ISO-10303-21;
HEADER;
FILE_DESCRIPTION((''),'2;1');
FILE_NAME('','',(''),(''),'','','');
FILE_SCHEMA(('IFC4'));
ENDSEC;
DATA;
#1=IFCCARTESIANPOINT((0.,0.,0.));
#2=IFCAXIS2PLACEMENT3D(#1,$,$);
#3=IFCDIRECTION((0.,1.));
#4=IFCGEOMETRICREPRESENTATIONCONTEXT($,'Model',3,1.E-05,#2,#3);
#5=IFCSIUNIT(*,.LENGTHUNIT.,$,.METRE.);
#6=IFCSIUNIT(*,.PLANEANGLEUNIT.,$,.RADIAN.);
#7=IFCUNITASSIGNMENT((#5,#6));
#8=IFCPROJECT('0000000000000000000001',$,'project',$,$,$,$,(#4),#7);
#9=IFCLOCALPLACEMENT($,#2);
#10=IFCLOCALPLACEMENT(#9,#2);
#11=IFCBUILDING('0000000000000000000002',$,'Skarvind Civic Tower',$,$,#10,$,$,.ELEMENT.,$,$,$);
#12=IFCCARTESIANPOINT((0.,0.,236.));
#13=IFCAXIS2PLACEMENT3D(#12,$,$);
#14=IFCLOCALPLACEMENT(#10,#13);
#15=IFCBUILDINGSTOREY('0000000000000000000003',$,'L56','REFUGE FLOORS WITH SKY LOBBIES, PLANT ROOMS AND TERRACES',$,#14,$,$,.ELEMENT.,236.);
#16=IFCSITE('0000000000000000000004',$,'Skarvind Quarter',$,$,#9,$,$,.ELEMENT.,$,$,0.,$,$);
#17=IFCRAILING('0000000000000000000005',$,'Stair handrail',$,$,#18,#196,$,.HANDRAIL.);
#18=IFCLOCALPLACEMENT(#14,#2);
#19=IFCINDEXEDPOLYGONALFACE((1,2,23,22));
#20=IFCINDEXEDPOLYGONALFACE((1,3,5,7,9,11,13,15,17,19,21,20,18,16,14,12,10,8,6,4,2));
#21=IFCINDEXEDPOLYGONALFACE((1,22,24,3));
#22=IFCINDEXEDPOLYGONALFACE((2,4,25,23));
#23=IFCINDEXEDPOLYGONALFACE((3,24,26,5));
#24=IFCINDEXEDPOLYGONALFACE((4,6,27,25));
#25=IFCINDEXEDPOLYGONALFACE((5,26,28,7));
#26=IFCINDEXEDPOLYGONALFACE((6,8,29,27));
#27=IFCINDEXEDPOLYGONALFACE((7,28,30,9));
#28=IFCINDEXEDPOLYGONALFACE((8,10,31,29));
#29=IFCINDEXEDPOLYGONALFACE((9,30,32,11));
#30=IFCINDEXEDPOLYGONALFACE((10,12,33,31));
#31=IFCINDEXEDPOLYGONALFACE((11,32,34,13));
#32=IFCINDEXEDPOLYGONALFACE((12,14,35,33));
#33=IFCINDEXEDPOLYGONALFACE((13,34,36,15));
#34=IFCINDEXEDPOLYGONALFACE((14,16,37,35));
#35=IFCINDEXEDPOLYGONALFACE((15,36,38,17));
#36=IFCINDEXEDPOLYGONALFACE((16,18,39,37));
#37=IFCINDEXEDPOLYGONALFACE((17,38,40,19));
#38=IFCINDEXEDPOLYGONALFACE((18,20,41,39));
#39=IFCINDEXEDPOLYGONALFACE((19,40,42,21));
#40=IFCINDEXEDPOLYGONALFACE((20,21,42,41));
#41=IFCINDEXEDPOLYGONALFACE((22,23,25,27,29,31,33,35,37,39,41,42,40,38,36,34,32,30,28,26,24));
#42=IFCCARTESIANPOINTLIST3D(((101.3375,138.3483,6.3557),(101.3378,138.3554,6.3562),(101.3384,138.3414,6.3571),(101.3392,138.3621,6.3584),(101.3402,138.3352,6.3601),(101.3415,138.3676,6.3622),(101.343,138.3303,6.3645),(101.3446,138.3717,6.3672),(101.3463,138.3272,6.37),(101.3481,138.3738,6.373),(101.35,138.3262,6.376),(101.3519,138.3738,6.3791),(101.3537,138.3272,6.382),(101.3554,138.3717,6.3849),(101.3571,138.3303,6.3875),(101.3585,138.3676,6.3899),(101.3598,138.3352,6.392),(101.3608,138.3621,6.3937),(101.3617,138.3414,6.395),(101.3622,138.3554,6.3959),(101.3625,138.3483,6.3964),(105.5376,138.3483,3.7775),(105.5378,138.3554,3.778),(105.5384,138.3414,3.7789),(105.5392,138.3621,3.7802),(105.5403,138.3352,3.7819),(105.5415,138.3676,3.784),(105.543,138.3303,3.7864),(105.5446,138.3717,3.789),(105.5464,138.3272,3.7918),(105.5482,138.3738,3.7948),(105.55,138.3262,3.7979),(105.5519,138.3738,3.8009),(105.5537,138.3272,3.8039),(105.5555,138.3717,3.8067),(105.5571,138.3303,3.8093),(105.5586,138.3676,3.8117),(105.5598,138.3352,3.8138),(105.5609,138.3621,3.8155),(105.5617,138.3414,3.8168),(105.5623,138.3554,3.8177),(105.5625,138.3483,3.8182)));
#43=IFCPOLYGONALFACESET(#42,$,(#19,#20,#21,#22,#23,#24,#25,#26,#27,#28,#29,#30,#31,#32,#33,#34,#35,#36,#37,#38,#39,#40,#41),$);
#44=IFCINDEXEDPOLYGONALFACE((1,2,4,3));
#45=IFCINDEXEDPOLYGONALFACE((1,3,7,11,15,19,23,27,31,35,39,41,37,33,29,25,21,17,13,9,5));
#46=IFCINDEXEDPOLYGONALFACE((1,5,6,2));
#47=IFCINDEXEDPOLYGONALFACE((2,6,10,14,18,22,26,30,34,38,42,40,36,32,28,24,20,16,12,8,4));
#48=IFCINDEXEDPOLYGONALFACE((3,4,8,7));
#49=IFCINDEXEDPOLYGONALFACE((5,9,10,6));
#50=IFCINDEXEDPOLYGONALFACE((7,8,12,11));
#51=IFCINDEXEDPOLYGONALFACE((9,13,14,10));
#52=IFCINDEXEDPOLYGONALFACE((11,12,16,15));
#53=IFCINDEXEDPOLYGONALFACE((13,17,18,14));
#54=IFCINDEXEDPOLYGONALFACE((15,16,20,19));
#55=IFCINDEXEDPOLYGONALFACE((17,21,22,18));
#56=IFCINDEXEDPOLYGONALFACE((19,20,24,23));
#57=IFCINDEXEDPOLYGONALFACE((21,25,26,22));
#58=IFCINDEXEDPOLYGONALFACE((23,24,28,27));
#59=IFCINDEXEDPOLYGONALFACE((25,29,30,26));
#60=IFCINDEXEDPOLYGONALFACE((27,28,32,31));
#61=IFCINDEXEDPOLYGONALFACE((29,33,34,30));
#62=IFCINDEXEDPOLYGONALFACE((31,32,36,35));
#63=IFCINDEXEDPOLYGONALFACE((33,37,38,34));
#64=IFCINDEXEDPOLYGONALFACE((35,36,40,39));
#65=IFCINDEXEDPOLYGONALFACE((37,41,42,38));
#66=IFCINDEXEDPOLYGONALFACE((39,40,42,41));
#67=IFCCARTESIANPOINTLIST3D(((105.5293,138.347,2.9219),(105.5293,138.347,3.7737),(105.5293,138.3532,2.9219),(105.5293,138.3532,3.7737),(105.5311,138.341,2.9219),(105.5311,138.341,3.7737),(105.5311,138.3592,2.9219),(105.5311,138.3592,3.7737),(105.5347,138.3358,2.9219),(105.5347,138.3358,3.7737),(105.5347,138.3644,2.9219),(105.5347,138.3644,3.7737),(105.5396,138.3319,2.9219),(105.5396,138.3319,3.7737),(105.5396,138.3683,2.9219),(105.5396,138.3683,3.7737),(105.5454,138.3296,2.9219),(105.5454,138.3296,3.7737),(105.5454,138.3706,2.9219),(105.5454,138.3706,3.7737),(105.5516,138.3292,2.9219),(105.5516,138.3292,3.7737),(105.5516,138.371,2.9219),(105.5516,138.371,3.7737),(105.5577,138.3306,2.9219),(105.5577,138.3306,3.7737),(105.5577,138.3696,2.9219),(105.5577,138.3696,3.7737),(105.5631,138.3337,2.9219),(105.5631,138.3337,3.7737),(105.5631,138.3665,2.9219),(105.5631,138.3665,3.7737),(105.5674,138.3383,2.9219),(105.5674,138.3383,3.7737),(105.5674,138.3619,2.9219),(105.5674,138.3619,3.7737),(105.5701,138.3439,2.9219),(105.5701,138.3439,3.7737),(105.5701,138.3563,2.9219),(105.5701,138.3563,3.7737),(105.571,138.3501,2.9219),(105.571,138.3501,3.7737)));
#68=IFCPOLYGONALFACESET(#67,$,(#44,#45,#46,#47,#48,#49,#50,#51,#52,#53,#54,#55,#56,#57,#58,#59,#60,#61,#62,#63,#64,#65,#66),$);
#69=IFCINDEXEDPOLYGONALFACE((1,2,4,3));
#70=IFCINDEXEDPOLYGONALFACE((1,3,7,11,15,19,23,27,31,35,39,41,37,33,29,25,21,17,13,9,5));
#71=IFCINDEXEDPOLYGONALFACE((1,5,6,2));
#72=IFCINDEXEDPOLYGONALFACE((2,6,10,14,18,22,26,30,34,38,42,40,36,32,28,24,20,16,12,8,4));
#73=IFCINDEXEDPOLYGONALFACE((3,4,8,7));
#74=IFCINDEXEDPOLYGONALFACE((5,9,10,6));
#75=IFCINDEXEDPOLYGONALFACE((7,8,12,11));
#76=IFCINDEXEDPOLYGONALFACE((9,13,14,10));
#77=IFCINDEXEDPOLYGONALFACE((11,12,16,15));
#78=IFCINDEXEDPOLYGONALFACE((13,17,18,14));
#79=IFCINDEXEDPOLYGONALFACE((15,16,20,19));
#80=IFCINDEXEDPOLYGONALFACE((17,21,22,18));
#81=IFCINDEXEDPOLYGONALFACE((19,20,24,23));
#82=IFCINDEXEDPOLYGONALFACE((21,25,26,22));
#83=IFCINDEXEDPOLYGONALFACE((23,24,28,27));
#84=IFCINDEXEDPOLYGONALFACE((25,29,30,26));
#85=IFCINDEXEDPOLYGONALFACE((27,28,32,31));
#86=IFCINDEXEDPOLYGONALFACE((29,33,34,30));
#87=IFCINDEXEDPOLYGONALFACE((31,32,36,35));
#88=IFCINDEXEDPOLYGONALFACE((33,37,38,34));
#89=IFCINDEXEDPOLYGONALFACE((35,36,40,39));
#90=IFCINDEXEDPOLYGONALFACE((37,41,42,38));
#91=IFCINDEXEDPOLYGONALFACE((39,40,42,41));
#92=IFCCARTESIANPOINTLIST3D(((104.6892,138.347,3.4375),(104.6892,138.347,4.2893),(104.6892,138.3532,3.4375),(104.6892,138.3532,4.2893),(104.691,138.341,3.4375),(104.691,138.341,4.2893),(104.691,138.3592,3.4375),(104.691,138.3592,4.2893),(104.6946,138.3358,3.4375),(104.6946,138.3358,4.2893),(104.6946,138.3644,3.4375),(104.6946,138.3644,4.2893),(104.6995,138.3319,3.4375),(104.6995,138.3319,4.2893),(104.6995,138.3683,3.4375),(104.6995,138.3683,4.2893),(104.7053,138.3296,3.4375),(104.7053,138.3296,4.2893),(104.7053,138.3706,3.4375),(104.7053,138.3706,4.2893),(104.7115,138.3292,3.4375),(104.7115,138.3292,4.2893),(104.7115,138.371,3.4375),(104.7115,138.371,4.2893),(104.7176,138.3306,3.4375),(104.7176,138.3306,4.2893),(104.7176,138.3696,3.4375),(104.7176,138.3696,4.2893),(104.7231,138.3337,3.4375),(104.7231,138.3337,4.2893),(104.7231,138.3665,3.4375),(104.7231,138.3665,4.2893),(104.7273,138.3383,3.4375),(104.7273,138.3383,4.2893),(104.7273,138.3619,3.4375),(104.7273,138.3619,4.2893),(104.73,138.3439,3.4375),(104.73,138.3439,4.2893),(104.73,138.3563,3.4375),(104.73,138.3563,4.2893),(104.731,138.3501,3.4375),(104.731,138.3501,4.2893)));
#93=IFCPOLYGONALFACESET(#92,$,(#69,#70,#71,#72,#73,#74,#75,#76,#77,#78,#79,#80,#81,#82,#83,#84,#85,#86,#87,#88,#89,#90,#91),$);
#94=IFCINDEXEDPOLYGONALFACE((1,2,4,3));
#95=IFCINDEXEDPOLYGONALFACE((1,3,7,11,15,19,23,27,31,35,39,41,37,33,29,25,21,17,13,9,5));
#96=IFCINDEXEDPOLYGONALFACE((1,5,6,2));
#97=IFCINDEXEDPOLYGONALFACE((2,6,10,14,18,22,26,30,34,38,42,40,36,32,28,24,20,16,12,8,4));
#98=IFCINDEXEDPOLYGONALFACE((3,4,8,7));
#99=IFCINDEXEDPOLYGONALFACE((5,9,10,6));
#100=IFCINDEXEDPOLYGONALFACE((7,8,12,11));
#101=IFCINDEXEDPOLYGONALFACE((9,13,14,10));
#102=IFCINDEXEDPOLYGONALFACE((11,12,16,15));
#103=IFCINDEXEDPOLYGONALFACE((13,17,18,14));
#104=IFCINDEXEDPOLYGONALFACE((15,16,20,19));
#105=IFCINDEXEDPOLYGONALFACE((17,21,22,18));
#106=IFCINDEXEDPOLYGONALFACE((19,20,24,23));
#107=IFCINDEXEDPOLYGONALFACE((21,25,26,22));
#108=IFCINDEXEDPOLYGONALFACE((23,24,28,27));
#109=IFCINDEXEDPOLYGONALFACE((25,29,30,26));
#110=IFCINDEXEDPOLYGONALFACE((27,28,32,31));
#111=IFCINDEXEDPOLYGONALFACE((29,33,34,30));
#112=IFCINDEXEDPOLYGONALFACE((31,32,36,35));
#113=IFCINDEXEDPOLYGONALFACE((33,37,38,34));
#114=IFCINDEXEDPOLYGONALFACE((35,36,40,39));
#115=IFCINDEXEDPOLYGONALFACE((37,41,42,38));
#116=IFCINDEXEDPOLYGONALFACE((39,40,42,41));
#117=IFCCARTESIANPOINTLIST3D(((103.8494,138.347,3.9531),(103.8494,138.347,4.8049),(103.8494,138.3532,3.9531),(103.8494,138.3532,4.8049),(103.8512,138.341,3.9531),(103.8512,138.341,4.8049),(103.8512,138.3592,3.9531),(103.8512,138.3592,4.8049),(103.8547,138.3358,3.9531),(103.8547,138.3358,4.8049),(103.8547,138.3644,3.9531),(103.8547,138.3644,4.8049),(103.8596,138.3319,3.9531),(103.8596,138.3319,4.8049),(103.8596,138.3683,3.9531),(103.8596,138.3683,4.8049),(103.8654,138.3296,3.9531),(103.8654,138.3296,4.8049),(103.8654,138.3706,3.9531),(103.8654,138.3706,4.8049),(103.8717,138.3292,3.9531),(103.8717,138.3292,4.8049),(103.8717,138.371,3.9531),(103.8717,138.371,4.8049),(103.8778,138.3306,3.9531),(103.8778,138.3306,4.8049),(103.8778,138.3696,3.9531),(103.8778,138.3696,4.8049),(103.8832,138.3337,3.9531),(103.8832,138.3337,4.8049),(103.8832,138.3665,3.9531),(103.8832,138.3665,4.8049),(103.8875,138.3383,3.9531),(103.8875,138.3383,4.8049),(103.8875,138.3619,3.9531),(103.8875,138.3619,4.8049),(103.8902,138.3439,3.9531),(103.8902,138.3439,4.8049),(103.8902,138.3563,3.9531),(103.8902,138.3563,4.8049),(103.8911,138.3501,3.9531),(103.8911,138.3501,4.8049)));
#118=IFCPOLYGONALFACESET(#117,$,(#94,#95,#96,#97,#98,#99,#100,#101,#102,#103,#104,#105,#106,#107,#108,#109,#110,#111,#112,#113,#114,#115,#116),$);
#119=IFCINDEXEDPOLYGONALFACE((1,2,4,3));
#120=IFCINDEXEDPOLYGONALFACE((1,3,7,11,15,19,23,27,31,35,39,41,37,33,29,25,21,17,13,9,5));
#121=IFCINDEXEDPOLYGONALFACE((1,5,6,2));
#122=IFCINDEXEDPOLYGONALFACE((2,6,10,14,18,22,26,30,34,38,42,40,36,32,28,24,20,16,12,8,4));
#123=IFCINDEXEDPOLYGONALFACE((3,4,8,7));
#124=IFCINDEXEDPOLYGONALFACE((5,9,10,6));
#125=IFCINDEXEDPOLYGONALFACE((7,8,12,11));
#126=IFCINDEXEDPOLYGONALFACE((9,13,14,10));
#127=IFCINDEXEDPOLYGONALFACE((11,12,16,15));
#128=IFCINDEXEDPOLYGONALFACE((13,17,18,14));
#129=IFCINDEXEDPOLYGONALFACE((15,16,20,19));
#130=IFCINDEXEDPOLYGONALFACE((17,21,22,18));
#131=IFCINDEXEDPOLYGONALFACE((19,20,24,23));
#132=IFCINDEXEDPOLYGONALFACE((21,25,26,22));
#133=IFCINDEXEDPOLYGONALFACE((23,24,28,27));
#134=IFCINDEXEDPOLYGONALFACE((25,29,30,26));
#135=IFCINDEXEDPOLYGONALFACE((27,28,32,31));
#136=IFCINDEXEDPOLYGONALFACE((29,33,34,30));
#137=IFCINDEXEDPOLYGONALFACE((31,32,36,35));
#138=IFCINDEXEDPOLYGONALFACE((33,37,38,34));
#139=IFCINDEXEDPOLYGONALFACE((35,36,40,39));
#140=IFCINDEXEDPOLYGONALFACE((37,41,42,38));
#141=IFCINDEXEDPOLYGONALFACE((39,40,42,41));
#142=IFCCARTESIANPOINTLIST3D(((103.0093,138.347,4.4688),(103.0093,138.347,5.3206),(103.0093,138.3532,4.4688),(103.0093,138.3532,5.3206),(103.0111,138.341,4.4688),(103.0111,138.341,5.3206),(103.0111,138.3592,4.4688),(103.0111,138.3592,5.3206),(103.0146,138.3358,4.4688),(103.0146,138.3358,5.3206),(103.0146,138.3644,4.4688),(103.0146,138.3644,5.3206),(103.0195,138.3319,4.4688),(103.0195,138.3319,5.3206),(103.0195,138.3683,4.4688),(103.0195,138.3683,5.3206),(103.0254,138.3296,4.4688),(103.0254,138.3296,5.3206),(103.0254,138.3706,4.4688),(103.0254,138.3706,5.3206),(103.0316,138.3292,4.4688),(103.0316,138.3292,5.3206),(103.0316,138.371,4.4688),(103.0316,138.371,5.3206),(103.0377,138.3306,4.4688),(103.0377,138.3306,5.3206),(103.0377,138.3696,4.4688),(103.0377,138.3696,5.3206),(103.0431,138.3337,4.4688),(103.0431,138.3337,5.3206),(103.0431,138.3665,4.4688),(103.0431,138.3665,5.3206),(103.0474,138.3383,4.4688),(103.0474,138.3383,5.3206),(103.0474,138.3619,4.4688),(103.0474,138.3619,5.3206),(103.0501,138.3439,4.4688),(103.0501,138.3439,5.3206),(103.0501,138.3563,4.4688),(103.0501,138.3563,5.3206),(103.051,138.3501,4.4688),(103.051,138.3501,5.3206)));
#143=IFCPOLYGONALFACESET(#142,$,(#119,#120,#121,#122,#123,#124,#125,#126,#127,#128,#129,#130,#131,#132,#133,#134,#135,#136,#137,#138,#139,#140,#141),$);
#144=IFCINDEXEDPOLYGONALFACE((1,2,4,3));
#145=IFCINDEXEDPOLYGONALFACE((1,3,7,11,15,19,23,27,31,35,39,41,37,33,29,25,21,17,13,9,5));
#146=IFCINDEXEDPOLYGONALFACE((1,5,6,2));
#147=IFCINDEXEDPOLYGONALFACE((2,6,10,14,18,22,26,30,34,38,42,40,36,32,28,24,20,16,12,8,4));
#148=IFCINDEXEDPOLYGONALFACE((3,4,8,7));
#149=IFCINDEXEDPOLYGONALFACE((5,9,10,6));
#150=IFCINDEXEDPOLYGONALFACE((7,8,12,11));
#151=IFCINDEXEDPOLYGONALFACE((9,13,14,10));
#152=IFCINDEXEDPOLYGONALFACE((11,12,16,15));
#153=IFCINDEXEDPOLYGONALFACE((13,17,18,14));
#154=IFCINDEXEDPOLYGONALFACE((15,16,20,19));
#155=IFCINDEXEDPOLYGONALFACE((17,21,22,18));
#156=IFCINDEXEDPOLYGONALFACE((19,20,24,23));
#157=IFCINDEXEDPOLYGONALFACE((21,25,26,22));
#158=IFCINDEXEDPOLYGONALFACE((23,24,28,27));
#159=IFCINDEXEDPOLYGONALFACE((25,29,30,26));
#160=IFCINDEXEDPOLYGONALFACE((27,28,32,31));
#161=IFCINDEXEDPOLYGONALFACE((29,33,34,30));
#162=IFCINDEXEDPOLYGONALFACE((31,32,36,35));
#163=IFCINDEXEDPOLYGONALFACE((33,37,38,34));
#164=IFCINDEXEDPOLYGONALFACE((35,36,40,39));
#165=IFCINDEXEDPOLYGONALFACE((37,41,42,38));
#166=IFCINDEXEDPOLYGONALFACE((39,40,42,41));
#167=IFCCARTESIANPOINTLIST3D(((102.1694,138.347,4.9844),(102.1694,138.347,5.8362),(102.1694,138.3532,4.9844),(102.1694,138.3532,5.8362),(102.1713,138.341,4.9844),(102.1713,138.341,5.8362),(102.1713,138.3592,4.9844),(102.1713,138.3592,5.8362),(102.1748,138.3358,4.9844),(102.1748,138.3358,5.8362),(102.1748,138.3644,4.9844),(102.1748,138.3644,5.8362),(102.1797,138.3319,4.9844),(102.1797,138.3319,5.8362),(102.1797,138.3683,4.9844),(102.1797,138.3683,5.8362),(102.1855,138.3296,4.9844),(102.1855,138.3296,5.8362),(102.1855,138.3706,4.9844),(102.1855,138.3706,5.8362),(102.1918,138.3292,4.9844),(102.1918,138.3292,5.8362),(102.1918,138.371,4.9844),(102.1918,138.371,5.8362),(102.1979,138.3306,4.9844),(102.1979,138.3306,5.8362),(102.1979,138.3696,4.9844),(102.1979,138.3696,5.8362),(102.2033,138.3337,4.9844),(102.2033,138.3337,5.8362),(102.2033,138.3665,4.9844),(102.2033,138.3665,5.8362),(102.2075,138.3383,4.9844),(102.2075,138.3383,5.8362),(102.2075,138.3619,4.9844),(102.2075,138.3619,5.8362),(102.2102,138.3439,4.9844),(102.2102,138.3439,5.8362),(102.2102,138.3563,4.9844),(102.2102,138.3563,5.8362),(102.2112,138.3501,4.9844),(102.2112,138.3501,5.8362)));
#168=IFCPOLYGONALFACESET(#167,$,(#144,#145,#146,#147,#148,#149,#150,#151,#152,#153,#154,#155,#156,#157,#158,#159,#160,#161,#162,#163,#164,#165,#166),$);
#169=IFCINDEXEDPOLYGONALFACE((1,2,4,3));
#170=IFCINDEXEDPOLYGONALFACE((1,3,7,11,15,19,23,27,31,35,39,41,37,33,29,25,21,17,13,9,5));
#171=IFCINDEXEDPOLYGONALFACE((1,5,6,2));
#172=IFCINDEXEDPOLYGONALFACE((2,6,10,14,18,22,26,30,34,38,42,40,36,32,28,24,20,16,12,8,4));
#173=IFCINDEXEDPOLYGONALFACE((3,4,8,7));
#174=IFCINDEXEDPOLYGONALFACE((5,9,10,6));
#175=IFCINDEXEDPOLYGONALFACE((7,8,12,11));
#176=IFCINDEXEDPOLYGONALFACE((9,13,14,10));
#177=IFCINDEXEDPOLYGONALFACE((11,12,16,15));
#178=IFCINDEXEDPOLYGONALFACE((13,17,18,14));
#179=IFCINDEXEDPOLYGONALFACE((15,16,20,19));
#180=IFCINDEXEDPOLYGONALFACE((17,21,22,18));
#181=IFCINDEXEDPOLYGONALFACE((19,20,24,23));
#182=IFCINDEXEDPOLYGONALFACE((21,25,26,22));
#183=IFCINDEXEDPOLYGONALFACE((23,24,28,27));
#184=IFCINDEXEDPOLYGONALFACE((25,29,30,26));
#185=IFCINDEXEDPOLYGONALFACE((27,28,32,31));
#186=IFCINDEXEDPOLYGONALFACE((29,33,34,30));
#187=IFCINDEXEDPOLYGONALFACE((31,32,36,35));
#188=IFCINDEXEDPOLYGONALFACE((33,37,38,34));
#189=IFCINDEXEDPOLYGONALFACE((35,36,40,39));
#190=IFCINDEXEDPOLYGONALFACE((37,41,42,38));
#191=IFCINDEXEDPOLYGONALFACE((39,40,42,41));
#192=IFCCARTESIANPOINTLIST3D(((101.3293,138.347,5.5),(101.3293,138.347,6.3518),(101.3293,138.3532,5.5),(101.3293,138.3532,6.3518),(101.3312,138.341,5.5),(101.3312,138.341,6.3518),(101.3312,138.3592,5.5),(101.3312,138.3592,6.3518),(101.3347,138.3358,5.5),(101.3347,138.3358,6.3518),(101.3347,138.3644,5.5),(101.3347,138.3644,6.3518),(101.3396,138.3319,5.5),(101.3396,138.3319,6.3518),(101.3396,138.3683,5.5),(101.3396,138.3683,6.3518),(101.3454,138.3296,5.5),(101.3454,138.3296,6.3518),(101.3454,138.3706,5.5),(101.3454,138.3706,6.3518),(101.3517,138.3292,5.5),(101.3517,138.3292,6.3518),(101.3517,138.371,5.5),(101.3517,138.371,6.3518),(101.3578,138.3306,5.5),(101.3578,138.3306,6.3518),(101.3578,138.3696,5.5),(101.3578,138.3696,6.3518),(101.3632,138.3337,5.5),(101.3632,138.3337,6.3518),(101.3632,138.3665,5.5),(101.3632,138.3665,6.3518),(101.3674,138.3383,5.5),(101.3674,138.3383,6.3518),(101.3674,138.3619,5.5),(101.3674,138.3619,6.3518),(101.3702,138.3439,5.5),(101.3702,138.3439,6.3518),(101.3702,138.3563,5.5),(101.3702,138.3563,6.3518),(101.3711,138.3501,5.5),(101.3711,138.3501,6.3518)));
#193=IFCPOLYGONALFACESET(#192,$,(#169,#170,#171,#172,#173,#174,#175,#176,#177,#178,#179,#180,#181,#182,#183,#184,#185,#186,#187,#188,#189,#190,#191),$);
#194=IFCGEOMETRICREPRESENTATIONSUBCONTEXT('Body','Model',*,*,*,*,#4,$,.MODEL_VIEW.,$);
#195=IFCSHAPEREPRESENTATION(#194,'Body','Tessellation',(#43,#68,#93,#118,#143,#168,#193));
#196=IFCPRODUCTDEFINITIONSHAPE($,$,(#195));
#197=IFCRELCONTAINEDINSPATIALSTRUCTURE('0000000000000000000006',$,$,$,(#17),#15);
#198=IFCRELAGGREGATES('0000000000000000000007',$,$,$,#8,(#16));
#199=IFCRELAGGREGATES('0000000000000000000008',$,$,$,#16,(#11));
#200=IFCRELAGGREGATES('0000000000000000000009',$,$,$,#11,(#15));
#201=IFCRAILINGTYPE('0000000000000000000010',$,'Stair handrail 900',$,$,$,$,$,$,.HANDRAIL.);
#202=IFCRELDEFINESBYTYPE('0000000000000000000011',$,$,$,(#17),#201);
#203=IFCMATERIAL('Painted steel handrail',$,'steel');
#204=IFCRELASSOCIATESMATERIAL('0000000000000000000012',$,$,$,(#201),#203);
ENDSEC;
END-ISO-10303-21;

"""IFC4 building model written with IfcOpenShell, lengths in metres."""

from ifc_helpers import new_model, si_unit, direction, frame, origin, origin_2d, place, context, subcontext, project, spatial, circle, extrude, material, type_object, element, save


model = new_model("IFC4")

# Units and contexts
model_context = context("Model", 3, precision=1e-05, world=origin(), true_north=direction((0.0, 1.0)))
body_context = subcontext(model_context, "Body", "Model", "MODEL_VIEW")
ifc_project = project(units=[si_unit("LENGTHUNIT", "METRE"), si_unit("PLANEANGLEUNIT", "RADIAN")], contexts=[model_context])

# Site, building, storey
site_placement = place(None, origin())
site = spatial("IfcSite", under=ifc_project, at=site_placement, Name="Skarvind Quarter", CompositionType="ELEMENT", RefElevation=0.0)
building_placement = place(site_placement, origin())
building = spatial("IfcBuilding", under=site, at=building_placement, Name="Skarvind Civic Tower", CompositionType="ELEMENT")
storey_placement = place(building_placement, frame((0.0, 0.0, 236.0)))
storey = spatial("IfcBuildingStorey", under=building, at=storey_placement, Name="L56", Description="REFUGE FLOORS WITH SKY LOBBIES, PLANT ROOMS AND TERRACES", CompositionType="ELEMENT", Elevation=236.0)

# Railing
ifc_material_1 = material(Name="Painted steel handrail", Category="steel")
railing_type = type_object("IfcRailingType", Name="Stair handrail 900", PredefinedType="HANDRAIL", material=ifc_material_1)
railing_1_placement = place(storey_placement, frame((105.55, 138.3501, 2.9219)))
element("IfcRailing", 1, at=railing_1_placement, inside=storey, type_object=railing_type, Name="Stair handrail", PredefinedType="HANDRAIL", context=body_context, shape_type="SweptSolid", body=[
    extrude(circle(Radius=0.0239, at=origin_2d()), frame((0.0, 0.0, 0.876), z_axis=(-0.852243, 0.0, 0.523146), x_axis=(0.0, -1.0, 0.0)), (0.0, 0.0, 1.0), 4.9282),
    extrude(circle(Radius=0.021, at=origin_2d()), origin(), (0.0, 0.0, 1.0), 0.8518),
    extrude(circle(Radius=0.021, at=origin_2d()), frame((-0.8401, 0.0, 0.5156)), (0.0, 0.0, 1.0), 0.8518),
    extrude(circle(Radius=0.021, at=origin_2d()), frame((-1.6799, 0.0, 1.0312)), (0.0, 0.0, 1.0), 0.8518),
    extrude(circle(Radius=0.021, at=origin_2d()), frame((-2.52, 0.0, 1.5469)), (0.0, 0.0, 1.0), 0.8518),
    extrude(circle(Radius=0.021, at=origin_2d()), frame((-3.3599, 0.0, 2.0625)), (0.0, 0.0, 1.0), 0.8518),
    extrude(circle(Radius=0.021, at=origin_2d()), frame((-4.2, 0.0, 2.5781)), (0.0, 0.0, 1.0), 0.8518),
])

save(model, "model.ifc")
